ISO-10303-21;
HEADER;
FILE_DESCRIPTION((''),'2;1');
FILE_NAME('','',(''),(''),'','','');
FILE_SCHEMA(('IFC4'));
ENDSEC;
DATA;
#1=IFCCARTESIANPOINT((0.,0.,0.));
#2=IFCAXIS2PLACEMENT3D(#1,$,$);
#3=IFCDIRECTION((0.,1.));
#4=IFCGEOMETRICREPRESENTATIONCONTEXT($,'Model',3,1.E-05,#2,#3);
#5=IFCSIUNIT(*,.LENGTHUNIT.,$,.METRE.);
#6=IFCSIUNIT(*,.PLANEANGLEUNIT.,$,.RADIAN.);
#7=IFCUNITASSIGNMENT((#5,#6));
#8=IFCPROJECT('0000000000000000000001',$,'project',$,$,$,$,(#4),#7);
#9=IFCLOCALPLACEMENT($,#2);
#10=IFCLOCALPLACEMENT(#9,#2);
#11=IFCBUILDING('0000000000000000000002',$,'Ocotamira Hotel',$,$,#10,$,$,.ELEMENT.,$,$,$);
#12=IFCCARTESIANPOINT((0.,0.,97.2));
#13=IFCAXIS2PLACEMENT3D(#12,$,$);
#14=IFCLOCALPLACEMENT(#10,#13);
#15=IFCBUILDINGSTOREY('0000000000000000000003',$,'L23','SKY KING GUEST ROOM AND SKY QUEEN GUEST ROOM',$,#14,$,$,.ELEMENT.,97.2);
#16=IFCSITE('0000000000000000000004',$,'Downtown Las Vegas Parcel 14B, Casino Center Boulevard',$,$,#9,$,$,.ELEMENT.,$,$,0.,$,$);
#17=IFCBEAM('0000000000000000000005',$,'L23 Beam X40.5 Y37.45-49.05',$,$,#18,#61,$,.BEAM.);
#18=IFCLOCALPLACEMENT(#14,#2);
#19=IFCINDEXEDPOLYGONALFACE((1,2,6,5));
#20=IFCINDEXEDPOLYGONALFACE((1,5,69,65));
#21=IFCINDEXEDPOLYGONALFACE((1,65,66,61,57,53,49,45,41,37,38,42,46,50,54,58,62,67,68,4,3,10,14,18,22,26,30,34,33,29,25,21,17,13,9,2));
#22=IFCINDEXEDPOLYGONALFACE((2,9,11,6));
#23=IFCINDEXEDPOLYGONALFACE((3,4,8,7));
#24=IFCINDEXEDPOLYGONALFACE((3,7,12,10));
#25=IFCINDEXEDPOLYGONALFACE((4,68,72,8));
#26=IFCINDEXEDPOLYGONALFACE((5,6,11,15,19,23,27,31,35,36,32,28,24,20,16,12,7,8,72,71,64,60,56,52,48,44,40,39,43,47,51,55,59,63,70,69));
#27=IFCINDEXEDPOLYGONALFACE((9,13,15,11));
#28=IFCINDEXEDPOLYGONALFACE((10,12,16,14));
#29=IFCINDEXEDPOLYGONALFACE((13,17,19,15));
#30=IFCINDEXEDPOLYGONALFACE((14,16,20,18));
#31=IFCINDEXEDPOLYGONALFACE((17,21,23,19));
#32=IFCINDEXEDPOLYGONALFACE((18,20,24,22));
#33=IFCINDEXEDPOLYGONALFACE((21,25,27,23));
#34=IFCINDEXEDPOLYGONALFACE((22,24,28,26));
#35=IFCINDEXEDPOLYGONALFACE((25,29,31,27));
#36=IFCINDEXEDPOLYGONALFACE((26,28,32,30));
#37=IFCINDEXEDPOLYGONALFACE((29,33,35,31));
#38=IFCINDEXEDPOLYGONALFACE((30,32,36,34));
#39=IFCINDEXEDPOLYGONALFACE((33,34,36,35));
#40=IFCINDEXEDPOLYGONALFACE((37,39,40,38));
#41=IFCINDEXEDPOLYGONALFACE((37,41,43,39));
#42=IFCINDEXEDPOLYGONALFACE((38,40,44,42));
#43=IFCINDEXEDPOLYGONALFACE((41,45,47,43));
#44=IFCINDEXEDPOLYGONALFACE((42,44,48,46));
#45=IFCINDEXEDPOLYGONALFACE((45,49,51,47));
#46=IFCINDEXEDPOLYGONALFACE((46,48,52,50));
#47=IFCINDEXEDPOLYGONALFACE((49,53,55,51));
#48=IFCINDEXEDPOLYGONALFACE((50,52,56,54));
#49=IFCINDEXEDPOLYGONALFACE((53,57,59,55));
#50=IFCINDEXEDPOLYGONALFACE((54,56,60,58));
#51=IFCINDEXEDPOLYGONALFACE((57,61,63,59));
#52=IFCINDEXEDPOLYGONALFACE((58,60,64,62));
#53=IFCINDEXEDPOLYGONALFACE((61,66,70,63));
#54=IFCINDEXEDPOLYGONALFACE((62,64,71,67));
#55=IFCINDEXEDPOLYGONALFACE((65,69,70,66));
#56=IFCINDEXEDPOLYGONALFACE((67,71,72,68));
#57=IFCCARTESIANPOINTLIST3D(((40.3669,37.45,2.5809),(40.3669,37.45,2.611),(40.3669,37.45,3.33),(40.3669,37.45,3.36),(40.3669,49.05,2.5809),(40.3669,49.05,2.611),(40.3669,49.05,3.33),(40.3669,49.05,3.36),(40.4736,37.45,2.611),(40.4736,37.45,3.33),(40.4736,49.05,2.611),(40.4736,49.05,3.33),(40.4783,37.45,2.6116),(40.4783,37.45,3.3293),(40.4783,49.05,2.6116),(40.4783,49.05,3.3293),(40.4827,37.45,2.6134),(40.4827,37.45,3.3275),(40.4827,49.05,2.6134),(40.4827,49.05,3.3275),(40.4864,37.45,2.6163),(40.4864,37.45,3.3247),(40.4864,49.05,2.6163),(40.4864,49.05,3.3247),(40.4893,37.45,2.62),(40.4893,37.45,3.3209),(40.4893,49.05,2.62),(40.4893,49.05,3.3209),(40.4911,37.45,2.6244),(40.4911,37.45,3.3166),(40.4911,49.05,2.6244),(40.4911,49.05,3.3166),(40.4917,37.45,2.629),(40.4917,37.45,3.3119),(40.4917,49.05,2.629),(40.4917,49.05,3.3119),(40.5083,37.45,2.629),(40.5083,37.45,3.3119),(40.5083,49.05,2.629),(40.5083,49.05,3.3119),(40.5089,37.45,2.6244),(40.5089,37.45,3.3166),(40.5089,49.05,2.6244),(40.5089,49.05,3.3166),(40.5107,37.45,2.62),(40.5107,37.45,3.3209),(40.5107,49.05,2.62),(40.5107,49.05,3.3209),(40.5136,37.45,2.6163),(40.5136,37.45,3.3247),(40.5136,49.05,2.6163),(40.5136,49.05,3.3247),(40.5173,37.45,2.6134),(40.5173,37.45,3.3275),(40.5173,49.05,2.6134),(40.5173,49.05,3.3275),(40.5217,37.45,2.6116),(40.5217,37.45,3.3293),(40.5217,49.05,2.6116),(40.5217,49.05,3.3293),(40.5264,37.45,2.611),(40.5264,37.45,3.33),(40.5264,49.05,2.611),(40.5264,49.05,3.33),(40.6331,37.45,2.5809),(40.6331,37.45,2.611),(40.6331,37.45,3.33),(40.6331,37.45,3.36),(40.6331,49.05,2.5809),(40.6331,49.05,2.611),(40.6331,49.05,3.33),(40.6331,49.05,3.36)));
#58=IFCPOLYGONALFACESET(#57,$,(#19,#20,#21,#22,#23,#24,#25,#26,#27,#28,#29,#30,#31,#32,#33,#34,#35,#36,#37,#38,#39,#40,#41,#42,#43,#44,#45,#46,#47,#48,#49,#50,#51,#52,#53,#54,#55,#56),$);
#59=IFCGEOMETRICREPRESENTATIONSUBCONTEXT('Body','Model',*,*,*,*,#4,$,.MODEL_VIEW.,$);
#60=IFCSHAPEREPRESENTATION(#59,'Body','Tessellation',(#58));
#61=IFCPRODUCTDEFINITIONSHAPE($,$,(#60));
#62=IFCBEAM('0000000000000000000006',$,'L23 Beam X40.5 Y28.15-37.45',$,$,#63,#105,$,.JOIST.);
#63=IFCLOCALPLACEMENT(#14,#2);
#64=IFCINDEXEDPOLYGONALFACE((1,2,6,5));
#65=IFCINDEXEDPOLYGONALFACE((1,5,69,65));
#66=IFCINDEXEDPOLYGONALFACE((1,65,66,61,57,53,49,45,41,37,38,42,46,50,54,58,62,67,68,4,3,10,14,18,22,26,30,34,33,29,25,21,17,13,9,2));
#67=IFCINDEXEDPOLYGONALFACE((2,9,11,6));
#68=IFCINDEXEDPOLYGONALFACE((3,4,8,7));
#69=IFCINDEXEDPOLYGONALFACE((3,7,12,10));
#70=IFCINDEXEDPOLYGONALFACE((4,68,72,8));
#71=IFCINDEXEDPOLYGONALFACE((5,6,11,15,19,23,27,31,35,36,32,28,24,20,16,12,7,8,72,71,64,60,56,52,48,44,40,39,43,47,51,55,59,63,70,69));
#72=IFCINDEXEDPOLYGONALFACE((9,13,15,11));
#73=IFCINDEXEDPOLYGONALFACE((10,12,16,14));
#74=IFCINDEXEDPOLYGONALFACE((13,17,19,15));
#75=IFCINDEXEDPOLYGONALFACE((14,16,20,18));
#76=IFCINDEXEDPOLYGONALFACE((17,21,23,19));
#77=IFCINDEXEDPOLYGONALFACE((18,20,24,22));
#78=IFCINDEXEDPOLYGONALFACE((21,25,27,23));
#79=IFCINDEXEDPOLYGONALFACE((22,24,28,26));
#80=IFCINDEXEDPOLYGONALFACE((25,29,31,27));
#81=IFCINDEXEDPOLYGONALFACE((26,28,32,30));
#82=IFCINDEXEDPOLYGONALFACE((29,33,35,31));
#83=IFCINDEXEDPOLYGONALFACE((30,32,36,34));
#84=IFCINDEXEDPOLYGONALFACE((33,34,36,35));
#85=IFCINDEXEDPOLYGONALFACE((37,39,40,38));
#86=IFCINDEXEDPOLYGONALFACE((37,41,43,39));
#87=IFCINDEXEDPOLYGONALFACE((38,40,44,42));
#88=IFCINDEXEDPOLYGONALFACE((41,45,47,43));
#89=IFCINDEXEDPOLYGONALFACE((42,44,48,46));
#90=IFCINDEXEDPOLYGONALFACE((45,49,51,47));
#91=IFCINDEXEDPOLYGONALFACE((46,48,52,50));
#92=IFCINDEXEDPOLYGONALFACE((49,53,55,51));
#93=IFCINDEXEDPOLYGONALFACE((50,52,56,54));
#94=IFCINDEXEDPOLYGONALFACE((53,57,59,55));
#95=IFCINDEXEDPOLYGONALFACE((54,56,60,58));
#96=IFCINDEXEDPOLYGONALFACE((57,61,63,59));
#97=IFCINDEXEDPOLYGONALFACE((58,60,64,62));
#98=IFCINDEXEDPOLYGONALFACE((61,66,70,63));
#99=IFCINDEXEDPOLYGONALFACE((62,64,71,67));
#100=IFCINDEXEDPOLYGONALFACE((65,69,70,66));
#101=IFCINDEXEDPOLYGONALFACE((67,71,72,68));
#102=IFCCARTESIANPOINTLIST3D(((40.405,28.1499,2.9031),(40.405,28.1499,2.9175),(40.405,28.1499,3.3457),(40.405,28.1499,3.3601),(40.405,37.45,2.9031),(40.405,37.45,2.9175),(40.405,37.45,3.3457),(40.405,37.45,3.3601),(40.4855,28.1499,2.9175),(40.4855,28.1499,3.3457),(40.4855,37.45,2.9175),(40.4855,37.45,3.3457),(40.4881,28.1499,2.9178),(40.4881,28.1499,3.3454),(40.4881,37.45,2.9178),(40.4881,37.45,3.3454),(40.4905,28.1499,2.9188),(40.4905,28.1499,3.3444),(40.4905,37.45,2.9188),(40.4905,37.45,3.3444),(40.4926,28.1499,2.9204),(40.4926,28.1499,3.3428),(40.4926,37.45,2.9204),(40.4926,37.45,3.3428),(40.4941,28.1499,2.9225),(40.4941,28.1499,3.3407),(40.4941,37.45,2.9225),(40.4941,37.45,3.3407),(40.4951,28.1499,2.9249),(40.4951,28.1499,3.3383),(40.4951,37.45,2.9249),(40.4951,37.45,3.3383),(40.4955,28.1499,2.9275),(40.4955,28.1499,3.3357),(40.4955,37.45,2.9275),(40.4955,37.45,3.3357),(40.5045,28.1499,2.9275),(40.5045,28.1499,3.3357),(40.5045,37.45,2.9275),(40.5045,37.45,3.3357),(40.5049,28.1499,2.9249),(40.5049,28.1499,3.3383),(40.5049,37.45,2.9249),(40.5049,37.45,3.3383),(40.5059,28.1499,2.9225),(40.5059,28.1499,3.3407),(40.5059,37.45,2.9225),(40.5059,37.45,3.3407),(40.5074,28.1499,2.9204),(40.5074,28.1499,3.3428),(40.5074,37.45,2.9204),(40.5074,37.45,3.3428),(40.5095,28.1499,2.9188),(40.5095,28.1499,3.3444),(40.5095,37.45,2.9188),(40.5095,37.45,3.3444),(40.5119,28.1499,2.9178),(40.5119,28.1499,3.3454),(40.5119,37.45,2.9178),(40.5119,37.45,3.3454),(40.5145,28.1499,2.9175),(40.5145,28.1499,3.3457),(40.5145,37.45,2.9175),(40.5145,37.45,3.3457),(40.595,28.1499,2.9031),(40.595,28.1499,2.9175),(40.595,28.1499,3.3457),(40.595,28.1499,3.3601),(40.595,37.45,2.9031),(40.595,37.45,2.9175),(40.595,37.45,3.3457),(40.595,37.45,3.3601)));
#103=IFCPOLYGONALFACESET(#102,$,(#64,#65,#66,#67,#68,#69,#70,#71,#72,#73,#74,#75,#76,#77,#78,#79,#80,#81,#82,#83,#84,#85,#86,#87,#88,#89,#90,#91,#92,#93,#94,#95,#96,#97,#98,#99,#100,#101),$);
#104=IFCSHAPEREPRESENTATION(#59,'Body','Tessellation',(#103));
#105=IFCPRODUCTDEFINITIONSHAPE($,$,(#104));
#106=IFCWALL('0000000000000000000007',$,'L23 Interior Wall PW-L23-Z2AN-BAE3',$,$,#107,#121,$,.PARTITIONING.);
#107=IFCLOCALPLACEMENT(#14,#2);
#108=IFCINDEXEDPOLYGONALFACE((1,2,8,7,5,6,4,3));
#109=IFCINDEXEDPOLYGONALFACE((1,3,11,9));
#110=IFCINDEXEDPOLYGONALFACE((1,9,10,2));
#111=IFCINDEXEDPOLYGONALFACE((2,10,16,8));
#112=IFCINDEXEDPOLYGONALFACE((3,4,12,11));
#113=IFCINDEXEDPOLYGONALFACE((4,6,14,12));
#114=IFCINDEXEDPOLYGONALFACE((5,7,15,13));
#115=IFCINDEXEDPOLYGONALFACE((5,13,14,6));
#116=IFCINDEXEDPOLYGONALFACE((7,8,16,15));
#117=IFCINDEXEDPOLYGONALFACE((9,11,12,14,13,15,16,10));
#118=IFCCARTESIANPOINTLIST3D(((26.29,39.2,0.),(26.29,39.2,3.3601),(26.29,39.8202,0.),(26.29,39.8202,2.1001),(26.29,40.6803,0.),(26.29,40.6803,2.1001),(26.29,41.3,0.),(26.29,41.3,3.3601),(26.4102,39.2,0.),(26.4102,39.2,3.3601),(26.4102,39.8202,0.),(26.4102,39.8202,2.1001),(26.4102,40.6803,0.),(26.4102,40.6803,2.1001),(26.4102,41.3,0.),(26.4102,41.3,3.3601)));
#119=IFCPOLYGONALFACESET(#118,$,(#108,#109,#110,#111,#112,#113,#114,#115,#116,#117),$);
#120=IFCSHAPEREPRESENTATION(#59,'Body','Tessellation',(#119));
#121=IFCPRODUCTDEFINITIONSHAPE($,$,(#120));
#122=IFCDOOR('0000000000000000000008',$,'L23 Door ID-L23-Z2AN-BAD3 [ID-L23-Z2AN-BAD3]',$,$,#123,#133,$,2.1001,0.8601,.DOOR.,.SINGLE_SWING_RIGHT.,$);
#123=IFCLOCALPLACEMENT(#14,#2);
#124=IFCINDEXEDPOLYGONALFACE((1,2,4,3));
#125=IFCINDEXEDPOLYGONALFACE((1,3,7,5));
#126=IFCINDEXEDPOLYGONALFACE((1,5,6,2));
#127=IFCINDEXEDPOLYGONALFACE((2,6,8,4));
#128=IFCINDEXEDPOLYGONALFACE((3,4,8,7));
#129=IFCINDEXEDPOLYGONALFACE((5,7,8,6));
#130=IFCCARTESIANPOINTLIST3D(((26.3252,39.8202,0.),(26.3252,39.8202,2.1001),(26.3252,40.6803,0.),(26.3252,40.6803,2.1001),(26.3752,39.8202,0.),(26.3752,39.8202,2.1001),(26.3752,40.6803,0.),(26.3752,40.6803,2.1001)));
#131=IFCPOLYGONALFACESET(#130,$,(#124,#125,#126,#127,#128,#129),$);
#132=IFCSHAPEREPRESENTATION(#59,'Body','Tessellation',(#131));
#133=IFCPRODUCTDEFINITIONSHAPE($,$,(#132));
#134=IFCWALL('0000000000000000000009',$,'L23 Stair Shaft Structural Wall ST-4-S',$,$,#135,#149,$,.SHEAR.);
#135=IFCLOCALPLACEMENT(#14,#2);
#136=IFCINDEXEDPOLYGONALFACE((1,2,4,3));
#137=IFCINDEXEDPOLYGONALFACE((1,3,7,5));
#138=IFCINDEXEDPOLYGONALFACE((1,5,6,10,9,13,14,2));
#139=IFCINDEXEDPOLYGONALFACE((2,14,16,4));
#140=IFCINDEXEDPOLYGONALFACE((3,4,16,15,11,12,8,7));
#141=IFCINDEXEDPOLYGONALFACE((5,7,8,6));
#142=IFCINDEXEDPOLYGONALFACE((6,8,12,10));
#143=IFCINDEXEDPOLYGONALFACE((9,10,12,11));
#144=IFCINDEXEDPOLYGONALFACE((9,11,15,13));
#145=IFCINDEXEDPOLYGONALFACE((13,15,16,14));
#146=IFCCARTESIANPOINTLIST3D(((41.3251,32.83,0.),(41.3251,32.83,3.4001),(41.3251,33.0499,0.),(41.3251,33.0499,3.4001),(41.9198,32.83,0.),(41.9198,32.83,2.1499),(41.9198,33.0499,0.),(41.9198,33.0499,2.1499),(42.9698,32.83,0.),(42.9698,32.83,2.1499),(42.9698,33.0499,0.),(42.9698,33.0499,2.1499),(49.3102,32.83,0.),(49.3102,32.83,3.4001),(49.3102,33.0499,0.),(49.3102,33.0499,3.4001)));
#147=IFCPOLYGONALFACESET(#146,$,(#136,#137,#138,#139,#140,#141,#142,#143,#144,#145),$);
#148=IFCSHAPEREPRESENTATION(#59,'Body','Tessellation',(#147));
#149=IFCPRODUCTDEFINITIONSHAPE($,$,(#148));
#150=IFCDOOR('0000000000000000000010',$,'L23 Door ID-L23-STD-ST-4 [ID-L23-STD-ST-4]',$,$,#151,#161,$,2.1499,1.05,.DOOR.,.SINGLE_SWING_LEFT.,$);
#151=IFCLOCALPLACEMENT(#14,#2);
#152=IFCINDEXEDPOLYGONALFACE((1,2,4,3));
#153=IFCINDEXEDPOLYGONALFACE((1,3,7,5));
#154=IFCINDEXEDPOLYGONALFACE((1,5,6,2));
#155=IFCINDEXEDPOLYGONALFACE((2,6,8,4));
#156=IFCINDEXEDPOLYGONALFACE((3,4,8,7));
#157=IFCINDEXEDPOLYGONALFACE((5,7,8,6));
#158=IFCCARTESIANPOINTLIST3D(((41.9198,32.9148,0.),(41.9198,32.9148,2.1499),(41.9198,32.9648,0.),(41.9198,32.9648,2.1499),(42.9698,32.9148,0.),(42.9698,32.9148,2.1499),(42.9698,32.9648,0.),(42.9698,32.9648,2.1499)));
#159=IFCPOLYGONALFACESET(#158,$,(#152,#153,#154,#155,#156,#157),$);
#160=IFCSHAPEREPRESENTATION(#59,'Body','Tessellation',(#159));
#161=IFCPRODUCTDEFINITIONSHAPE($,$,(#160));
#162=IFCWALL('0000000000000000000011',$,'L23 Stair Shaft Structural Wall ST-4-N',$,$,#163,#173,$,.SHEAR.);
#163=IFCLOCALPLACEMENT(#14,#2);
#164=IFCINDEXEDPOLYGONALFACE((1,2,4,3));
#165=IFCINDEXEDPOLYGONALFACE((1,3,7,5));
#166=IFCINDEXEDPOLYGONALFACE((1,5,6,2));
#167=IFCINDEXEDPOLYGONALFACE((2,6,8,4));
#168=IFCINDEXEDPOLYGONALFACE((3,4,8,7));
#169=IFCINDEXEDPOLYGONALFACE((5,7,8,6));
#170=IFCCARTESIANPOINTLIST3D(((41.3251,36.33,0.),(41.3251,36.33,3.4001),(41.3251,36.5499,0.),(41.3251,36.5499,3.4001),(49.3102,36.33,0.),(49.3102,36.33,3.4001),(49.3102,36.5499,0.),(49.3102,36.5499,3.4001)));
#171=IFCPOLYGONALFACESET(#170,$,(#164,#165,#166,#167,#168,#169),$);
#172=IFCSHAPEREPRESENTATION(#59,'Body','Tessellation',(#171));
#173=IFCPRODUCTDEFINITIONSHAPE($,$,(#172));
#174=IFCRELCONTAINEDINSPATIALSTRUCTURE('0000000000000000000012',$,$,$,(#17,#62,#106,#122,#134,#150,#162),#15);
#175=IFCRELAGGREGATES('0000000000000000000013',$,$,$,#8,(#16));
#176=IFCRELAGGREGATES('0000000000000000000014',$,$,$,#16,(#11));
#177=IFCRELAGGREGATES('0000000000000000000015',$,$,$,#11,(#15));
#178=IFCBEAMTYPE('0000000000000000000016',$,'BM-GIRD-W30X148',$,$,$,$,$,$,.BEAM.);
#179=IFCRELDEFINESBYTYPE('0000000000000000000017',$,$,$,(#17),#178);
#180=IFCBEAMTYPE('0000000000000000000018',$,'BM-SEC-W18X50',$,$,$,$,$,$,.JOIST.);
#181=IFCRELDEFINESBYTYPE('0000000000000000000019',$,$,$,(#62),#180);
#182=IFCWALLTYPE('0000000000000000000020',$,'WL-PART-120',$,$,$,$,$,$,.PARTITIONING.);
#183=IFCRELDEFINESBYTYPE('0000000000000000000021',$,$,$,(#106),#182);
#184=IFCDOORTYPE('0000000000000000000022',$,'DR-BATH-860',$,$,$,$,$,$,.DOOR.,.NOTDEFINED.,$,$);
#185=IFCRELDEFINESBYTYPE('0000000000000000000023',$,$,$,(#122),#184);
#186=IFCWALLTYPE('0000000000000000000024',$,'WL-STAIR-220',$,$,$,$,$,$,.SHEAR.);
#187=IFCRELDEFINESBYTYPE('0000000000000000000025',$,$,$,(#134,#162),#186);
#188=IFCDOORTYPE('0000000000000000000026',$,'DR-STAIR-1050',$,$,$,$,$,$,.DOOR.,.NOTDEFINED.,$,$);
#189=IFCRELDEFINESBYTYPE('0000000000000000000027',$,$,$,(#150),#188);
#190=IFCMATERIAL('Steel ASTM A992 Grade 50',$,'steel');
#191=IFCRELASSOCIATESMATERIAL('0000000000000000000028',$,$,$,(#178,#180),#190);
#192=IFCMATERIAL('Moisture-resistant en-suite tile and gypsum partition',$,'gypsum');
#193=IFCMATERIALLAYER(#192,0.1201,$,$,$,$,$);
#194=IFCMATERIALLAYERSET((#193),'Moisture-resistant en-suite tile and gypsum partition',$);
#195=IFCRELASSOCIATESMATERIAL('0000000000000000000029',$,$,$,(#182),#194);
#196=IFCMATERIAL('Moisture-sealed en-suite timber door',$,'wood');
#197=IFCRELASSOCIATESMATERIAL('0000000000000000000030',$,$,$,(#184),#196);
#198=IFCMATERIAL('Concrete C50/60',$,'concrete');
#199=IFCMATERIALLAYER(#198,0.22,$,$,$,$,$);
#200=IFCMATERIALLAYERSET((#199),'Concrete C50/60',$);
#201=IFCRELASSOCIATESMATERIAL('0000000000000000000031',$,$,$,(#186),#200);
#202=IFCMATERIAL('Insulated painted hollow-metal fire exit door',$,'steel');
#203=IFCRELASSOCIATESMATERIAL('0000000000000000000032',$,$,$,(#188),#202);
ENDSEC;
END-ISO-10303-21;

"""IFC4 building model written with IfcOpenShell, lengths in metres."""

from ifc_helpers import new_model, si_unit, direction, frame, frame_2d, origin, origin_2d, place, context, subcontext, project, spatial, rectangle, i_section, extrude, source, transform, mapped, material, layer, layer_set, material_profile, profile_set, type_object, element, fill, save


model = new_model("IFC4")

# Units and contexts
model_context = context("Model", 3, precision=1e-05, world=origin(), true_north=direction((0.0, 1.0)))
body_context = subcontext(model_context, "Body", "Model", "MODEL_VIEW")
ifc_project = project(units=[si_unit("LENGTHUNIT", "METRE"), si_unit("PLANEANGLEUNIT", "RADIAN")], contexts=[model_context])

# Site, building, storey
site_placement = place(None, origin())
site = spatial("IfcSite", under=ifc_project, at=site_placement, Name="Downtown Las Vegas Parcel 14B, Casino Center Boulevard", CompositionType="ELEMENT", RefElevation=0.0)
building_placement = place(site_placement, origin())
building = spatial("IfcBuilding", under=site, at=building_placement, Name="Ocotamira Hotel", CompositionType="ELEMENT")
storey_placement = place(building_placement, frame((0.0, 0.0, 97.2)))
storey = spatial("IfcBuildingStorey", under=building, at=storey_placement, Name="L23", Description="SKY KING GUEST ROOM AND SKY QUEEN GUEST ROOM", CompositionType="ELEMENT", Elevation=97.2)

# Beams
ifc_material_1 = material(Name="Steel ASTM A992 Grade 50", Category="steel")
ifc_material_profile_1 = material_profile(ifc_material_1, i_section(OverallWidth=0.2661, OverallDepth=0.7791, WebThickness=0.0166, FlangeThickness=0.03, FilletRadius=0.0181, at=origin_2d()), Name="W30X148")
ifc_profile_set_1 = profile_set([ifc_material_profile_1], Name="Steel ASTM A992 Grade 50")
beam_type_1 = type_object("IfcBeamType", Name="BM-GIRD-W30X148", PredefinedType="BEAM", material=ifc_profile_set_1)
shared_shape_1 = source(origin(), body_context, "Body", "SweptSolid", [
    extrude(i_section(OverallWidth=0.2661, OverallDepth=0.7791, WebThickness=0.0166, FlangeThickness=0.03, FilletRadius=0.0181, at=origin_2d()), origin(), (0.0, 0.0, 1.0), 11.6001),
])
beam_1_placement = place(storey_placement, frame((40.5, 37.45, 2.9705), z_axis=(0.0, 1.0, 0.0), x_axis=(-1.0, 0.0, 0.0)))
element("IfcBeam", 1, at=beam_1_placement, inside=storey, type_object=beam_type_1, Name="L23 Beam X40.5 Y37.45-49.05", PredefinedType="BEAM", context=body_context, shape_type="MappedRepresentation", body=[
    mapped(shared_shape_1, transform((0.0, 0.0, 0.0), scale=1.0)),
])
ifc_material_profile_2 = material_profile(ifc_material_1, i_section(OverallWidth=0.1899, OverallDepth=0.457, WebThickness=0.009, FlangeThickness=0.0144, FilletRadius=0.01, at=origin_2d()), Name="W18X50")
ifc_profile_set_2 = profile_set([ifc_material_profile_2], Name="Steel ASTM A992 Grade 50")
beam_type_2 = type_object("IfcBeamType", Name="BM-SEC-W18X50", PredefinedType="JOIST", material=ifc_profile_set_2)
shared_shape_2 = source(origin(), body_context, "Body", "SweptSolid", [
    extrude(i_section(OverallWidth=0.1899, OverallDepth=0.457, WebThickness=0.009, FlangeThickness=0.0144, FilletRadius=0.01, at=origin_2d()), origin(), (0.0, 0.0, 1.0), 9.3),
])
beam_2_placement = place(storey_placement, frame((40.5, 28.1499, 3.1316), z_axis=(0.0, 1.0, 0.0), x_axis=(-1.0, 0.0, 0.0)))
element("IfcBeam", 2, at=beam_2_placement, inside=storey, type_object=beam_type_2, Name="L23 Beam X40.5 Y28.15-37.45", PredefinedType="JOIST", context=body_context, shape_type="MappedRepresentation", body=[
    mapped(shared_shape_2, transform((0.0, 0.0, 0.0), scale=1.0)),
])

# Walls, openings, doors
ifc_material_2 = material(Name="Moisture-resistant en-suite tile and gypsum partition", Category="gypsum")
ifc_layer_1 = layer(ifc_material_2, 0.1201)
ifc_layer_set_1 = layer_set([ifc_layer_1], Name="Moisture-resistant en-suite tile and gypsum partition")
wall_type_1 = type_object("IfcWallType", Name="WL-PART-120", PredefinedType="PARTITIONING", material=ifc_layer_set_1)
wall_1_placement = place(storey_placement, frame((26.3501, 39.2, 0.0), z_axis=(0.0, 0.0, 1.0), x_axis=(0.0, 1.0, 0.0)))
wall_1 = element("IfcWall", 3, at=wall_1_placement, inside=storey, type_object=wall_type_1, Name="L23 Interior Wall PW-L23-Z2AN-BAE3", PredefinedType="PARTITIONING", context=body_context, shape_type="SweptSolid", body=[
    extrude(rectangle(XDim=2.1001, YDim=0.1201, at=frame_2d((1.05, 0.0))), origin(), (0.0, 0.0, 1.0), 3.3601),
])
opening_1_placement = place(wall_1_placement, frame((0.6201, 0.0, 0.0)))
opening_1 = element("IfcOpeningElement", 4, at=opening_1_placement, cuts=wall_1, PredefinedType="OPENING", context=body_context, shape_type="SweptSolid", body=[
    extrude(rectangle(XDim=0.8601, YDim=2.1001, at=frame_2d((0.4302, 1.05))), frame((0.0, 0.0701, 0.0), z_axis=(0.0, -1.0, 0.0), x_axis=(1.0, 0.0, 0.0)), (0.0, 0.0, 1.0), 0.1401),
])
ifc_material_3 = material(Name="Moisture-sealed en-suite timber door", Category="wood")
door_type_1 = type_object("IfcDoorType", Name="DR-BATH-860", OperationType="NOTDEFINED", PredefinedType="DOOR", material=ifc_material_3)
shared_shape_3 = source(origin(), body_context, "Body", "SweptSolid", [
    extrude(rectangle(XDim=0.8601, YDim=2.1001, at=frame_2d((0.4302, 1.05))), frame((0.0, 0.0249, 0.0), z_axis=(0.0, -1.0, 0.0), x_axis=(1.0, 0.0, 0.0)), (0.0, 0.0, 1.0), 0.05),
])
door_1_placement = place(opening_1_placement, origin())
door_1 = element("IfcDoor", 5, at=door_1_placement, inside=storey, type_object=door_type_1, Name="L23 Door ID-L23-Z2AN-BAD3 [ID-L23-Z2AN-BAD3]", OperationType="SINGLE_SWING_RIGHT", OverallHeight=2.1001, OverallWidth=0.8601, PredefinedType="DOOR", context=body_context, shape_type="MappedRepresentation", body=[
    mapped(shared_shape_3, transform((0.0, 0.0, 0.0), scale=1.0)),
])
fill(opening_1, door_1)
ifc_material_4 = material(Name="Concrete C50/60", Category="concrete")
ifc_layer_2 = layer(ifc_material_4, 0.22)
ifc_layer_set_2 = layer_set([ifc_layer_2], Name="Concrete C50/60")
wall_type_2 = type_object("IfcWallType", Name="WL-STAIR-220", PredefinedType="SHEAR", material=ifc_layer_set_2)
wall_2_placement = place(storey_placement, frame((41.325, 32.9399, 0.0), z_axis=(0.0, 0.0, 1.0), x_axis=(1.0, 0.0, 0.0)))
wall_2 = element("IfcWall", 6, at=wall_2_placement, inside=storey, type_object=wall_type_2, Name="L23 Stair Shaft Structural Wall ST-4-S", PredefinedType="SHEAR", context=body_context, shape_type="SweptSolid", body=[
    extrude(rectangle(XDim=7.9851, YDim=0.22, at=frame_2d((3.9927, 0.0))), origin(), (0.0, 0.0, 1.0), 3.4001),
])
opening_2_placement = place(wall_2_placement, frame((0.595, 0.0, 0.0)))
opening_2 = element("IfcOpeningElement", 7, at=opening_2_placement, cuts=wall_2, PredefinedType="OPENING", context=body_context, shape_type="SweptSolid", body=[
    extrude(rectangle(XDim=1.05, YDim=2.1499, at=frame_2d((0.5249, 1.075))), frame((0.0, 0.1201, 0.0), z_axis=(0.0, -1.0, 0.0), x_axis=(1.0, 0.0, 0.0)), (0.0, 0.0, 1.0), 0.24),
])
ifc_material_5 = material(Name="Insulated painted hollow-metal fire exit door", Category="steel")
door_type_2 = type_object("IfcDoorType", Name="DR-STAIR-1050", OperationType="NOTDEFINED", PredefinedType="DOOR", material=ifc_material_5)
shared_shape_4 = source(origin(), body_context, "Body", "SweptSolid", [
    extrude(rectangle(XDim=1.05, YDim=2.1499, at=frame_2d((0.5249, 1.075))), frame((0.0, 0.0249, 0.0), z_axis=(0.0, -1.0, 0.0), x_axis=(1.0, 0.0, 0.0)), (0.0, 0.0, 1.0), 0.05),
])
door_2_placement = place(opening_2_placement, origin())
door_2 = element("IfcDoor", 8, at=door_2_placement, inside=storey, type_object=door_type_2, Name="L23 Door ID-L23-STD-ST-4 [ID-L23-STD-ST-4]", OperationType="SINGLE_SWING_LEFT", OverallHeight=2.1499, OverallWidth=1.05, PredefinedType="DOOR", context=body_context, shape_type="MappedRepresentation", body=[
    mapped(shared_shape_4, transform((0.0, 0.0, 0.0), scale=1.0)),
])
fill(opening_2, door_2)

# Wall
wall_3_placement = place(storey_placement, frame((41.325, 36.4399, 0.0), z_axis=(0.0, 0.0, 1.0), x_axis=(1.0, 0.0, 0.0)))
element("IfcWall", 9, at=wall_3_placement, inside=storey, type_object=wall_type_2, Name="L23 Stair Shaft Structural Wall ST-4-N", PredefinedType="SHEAR", context=body_context, shape_type="SweptSolid", body=[
    extrude(rectangle(XDim=7.9851, YDim=0.22, at=frame_2d((3.9927, 0.0))), origin(), (0.0, 0.0, 1.0), 3.4001),
])

save(model, "model.ifc")
